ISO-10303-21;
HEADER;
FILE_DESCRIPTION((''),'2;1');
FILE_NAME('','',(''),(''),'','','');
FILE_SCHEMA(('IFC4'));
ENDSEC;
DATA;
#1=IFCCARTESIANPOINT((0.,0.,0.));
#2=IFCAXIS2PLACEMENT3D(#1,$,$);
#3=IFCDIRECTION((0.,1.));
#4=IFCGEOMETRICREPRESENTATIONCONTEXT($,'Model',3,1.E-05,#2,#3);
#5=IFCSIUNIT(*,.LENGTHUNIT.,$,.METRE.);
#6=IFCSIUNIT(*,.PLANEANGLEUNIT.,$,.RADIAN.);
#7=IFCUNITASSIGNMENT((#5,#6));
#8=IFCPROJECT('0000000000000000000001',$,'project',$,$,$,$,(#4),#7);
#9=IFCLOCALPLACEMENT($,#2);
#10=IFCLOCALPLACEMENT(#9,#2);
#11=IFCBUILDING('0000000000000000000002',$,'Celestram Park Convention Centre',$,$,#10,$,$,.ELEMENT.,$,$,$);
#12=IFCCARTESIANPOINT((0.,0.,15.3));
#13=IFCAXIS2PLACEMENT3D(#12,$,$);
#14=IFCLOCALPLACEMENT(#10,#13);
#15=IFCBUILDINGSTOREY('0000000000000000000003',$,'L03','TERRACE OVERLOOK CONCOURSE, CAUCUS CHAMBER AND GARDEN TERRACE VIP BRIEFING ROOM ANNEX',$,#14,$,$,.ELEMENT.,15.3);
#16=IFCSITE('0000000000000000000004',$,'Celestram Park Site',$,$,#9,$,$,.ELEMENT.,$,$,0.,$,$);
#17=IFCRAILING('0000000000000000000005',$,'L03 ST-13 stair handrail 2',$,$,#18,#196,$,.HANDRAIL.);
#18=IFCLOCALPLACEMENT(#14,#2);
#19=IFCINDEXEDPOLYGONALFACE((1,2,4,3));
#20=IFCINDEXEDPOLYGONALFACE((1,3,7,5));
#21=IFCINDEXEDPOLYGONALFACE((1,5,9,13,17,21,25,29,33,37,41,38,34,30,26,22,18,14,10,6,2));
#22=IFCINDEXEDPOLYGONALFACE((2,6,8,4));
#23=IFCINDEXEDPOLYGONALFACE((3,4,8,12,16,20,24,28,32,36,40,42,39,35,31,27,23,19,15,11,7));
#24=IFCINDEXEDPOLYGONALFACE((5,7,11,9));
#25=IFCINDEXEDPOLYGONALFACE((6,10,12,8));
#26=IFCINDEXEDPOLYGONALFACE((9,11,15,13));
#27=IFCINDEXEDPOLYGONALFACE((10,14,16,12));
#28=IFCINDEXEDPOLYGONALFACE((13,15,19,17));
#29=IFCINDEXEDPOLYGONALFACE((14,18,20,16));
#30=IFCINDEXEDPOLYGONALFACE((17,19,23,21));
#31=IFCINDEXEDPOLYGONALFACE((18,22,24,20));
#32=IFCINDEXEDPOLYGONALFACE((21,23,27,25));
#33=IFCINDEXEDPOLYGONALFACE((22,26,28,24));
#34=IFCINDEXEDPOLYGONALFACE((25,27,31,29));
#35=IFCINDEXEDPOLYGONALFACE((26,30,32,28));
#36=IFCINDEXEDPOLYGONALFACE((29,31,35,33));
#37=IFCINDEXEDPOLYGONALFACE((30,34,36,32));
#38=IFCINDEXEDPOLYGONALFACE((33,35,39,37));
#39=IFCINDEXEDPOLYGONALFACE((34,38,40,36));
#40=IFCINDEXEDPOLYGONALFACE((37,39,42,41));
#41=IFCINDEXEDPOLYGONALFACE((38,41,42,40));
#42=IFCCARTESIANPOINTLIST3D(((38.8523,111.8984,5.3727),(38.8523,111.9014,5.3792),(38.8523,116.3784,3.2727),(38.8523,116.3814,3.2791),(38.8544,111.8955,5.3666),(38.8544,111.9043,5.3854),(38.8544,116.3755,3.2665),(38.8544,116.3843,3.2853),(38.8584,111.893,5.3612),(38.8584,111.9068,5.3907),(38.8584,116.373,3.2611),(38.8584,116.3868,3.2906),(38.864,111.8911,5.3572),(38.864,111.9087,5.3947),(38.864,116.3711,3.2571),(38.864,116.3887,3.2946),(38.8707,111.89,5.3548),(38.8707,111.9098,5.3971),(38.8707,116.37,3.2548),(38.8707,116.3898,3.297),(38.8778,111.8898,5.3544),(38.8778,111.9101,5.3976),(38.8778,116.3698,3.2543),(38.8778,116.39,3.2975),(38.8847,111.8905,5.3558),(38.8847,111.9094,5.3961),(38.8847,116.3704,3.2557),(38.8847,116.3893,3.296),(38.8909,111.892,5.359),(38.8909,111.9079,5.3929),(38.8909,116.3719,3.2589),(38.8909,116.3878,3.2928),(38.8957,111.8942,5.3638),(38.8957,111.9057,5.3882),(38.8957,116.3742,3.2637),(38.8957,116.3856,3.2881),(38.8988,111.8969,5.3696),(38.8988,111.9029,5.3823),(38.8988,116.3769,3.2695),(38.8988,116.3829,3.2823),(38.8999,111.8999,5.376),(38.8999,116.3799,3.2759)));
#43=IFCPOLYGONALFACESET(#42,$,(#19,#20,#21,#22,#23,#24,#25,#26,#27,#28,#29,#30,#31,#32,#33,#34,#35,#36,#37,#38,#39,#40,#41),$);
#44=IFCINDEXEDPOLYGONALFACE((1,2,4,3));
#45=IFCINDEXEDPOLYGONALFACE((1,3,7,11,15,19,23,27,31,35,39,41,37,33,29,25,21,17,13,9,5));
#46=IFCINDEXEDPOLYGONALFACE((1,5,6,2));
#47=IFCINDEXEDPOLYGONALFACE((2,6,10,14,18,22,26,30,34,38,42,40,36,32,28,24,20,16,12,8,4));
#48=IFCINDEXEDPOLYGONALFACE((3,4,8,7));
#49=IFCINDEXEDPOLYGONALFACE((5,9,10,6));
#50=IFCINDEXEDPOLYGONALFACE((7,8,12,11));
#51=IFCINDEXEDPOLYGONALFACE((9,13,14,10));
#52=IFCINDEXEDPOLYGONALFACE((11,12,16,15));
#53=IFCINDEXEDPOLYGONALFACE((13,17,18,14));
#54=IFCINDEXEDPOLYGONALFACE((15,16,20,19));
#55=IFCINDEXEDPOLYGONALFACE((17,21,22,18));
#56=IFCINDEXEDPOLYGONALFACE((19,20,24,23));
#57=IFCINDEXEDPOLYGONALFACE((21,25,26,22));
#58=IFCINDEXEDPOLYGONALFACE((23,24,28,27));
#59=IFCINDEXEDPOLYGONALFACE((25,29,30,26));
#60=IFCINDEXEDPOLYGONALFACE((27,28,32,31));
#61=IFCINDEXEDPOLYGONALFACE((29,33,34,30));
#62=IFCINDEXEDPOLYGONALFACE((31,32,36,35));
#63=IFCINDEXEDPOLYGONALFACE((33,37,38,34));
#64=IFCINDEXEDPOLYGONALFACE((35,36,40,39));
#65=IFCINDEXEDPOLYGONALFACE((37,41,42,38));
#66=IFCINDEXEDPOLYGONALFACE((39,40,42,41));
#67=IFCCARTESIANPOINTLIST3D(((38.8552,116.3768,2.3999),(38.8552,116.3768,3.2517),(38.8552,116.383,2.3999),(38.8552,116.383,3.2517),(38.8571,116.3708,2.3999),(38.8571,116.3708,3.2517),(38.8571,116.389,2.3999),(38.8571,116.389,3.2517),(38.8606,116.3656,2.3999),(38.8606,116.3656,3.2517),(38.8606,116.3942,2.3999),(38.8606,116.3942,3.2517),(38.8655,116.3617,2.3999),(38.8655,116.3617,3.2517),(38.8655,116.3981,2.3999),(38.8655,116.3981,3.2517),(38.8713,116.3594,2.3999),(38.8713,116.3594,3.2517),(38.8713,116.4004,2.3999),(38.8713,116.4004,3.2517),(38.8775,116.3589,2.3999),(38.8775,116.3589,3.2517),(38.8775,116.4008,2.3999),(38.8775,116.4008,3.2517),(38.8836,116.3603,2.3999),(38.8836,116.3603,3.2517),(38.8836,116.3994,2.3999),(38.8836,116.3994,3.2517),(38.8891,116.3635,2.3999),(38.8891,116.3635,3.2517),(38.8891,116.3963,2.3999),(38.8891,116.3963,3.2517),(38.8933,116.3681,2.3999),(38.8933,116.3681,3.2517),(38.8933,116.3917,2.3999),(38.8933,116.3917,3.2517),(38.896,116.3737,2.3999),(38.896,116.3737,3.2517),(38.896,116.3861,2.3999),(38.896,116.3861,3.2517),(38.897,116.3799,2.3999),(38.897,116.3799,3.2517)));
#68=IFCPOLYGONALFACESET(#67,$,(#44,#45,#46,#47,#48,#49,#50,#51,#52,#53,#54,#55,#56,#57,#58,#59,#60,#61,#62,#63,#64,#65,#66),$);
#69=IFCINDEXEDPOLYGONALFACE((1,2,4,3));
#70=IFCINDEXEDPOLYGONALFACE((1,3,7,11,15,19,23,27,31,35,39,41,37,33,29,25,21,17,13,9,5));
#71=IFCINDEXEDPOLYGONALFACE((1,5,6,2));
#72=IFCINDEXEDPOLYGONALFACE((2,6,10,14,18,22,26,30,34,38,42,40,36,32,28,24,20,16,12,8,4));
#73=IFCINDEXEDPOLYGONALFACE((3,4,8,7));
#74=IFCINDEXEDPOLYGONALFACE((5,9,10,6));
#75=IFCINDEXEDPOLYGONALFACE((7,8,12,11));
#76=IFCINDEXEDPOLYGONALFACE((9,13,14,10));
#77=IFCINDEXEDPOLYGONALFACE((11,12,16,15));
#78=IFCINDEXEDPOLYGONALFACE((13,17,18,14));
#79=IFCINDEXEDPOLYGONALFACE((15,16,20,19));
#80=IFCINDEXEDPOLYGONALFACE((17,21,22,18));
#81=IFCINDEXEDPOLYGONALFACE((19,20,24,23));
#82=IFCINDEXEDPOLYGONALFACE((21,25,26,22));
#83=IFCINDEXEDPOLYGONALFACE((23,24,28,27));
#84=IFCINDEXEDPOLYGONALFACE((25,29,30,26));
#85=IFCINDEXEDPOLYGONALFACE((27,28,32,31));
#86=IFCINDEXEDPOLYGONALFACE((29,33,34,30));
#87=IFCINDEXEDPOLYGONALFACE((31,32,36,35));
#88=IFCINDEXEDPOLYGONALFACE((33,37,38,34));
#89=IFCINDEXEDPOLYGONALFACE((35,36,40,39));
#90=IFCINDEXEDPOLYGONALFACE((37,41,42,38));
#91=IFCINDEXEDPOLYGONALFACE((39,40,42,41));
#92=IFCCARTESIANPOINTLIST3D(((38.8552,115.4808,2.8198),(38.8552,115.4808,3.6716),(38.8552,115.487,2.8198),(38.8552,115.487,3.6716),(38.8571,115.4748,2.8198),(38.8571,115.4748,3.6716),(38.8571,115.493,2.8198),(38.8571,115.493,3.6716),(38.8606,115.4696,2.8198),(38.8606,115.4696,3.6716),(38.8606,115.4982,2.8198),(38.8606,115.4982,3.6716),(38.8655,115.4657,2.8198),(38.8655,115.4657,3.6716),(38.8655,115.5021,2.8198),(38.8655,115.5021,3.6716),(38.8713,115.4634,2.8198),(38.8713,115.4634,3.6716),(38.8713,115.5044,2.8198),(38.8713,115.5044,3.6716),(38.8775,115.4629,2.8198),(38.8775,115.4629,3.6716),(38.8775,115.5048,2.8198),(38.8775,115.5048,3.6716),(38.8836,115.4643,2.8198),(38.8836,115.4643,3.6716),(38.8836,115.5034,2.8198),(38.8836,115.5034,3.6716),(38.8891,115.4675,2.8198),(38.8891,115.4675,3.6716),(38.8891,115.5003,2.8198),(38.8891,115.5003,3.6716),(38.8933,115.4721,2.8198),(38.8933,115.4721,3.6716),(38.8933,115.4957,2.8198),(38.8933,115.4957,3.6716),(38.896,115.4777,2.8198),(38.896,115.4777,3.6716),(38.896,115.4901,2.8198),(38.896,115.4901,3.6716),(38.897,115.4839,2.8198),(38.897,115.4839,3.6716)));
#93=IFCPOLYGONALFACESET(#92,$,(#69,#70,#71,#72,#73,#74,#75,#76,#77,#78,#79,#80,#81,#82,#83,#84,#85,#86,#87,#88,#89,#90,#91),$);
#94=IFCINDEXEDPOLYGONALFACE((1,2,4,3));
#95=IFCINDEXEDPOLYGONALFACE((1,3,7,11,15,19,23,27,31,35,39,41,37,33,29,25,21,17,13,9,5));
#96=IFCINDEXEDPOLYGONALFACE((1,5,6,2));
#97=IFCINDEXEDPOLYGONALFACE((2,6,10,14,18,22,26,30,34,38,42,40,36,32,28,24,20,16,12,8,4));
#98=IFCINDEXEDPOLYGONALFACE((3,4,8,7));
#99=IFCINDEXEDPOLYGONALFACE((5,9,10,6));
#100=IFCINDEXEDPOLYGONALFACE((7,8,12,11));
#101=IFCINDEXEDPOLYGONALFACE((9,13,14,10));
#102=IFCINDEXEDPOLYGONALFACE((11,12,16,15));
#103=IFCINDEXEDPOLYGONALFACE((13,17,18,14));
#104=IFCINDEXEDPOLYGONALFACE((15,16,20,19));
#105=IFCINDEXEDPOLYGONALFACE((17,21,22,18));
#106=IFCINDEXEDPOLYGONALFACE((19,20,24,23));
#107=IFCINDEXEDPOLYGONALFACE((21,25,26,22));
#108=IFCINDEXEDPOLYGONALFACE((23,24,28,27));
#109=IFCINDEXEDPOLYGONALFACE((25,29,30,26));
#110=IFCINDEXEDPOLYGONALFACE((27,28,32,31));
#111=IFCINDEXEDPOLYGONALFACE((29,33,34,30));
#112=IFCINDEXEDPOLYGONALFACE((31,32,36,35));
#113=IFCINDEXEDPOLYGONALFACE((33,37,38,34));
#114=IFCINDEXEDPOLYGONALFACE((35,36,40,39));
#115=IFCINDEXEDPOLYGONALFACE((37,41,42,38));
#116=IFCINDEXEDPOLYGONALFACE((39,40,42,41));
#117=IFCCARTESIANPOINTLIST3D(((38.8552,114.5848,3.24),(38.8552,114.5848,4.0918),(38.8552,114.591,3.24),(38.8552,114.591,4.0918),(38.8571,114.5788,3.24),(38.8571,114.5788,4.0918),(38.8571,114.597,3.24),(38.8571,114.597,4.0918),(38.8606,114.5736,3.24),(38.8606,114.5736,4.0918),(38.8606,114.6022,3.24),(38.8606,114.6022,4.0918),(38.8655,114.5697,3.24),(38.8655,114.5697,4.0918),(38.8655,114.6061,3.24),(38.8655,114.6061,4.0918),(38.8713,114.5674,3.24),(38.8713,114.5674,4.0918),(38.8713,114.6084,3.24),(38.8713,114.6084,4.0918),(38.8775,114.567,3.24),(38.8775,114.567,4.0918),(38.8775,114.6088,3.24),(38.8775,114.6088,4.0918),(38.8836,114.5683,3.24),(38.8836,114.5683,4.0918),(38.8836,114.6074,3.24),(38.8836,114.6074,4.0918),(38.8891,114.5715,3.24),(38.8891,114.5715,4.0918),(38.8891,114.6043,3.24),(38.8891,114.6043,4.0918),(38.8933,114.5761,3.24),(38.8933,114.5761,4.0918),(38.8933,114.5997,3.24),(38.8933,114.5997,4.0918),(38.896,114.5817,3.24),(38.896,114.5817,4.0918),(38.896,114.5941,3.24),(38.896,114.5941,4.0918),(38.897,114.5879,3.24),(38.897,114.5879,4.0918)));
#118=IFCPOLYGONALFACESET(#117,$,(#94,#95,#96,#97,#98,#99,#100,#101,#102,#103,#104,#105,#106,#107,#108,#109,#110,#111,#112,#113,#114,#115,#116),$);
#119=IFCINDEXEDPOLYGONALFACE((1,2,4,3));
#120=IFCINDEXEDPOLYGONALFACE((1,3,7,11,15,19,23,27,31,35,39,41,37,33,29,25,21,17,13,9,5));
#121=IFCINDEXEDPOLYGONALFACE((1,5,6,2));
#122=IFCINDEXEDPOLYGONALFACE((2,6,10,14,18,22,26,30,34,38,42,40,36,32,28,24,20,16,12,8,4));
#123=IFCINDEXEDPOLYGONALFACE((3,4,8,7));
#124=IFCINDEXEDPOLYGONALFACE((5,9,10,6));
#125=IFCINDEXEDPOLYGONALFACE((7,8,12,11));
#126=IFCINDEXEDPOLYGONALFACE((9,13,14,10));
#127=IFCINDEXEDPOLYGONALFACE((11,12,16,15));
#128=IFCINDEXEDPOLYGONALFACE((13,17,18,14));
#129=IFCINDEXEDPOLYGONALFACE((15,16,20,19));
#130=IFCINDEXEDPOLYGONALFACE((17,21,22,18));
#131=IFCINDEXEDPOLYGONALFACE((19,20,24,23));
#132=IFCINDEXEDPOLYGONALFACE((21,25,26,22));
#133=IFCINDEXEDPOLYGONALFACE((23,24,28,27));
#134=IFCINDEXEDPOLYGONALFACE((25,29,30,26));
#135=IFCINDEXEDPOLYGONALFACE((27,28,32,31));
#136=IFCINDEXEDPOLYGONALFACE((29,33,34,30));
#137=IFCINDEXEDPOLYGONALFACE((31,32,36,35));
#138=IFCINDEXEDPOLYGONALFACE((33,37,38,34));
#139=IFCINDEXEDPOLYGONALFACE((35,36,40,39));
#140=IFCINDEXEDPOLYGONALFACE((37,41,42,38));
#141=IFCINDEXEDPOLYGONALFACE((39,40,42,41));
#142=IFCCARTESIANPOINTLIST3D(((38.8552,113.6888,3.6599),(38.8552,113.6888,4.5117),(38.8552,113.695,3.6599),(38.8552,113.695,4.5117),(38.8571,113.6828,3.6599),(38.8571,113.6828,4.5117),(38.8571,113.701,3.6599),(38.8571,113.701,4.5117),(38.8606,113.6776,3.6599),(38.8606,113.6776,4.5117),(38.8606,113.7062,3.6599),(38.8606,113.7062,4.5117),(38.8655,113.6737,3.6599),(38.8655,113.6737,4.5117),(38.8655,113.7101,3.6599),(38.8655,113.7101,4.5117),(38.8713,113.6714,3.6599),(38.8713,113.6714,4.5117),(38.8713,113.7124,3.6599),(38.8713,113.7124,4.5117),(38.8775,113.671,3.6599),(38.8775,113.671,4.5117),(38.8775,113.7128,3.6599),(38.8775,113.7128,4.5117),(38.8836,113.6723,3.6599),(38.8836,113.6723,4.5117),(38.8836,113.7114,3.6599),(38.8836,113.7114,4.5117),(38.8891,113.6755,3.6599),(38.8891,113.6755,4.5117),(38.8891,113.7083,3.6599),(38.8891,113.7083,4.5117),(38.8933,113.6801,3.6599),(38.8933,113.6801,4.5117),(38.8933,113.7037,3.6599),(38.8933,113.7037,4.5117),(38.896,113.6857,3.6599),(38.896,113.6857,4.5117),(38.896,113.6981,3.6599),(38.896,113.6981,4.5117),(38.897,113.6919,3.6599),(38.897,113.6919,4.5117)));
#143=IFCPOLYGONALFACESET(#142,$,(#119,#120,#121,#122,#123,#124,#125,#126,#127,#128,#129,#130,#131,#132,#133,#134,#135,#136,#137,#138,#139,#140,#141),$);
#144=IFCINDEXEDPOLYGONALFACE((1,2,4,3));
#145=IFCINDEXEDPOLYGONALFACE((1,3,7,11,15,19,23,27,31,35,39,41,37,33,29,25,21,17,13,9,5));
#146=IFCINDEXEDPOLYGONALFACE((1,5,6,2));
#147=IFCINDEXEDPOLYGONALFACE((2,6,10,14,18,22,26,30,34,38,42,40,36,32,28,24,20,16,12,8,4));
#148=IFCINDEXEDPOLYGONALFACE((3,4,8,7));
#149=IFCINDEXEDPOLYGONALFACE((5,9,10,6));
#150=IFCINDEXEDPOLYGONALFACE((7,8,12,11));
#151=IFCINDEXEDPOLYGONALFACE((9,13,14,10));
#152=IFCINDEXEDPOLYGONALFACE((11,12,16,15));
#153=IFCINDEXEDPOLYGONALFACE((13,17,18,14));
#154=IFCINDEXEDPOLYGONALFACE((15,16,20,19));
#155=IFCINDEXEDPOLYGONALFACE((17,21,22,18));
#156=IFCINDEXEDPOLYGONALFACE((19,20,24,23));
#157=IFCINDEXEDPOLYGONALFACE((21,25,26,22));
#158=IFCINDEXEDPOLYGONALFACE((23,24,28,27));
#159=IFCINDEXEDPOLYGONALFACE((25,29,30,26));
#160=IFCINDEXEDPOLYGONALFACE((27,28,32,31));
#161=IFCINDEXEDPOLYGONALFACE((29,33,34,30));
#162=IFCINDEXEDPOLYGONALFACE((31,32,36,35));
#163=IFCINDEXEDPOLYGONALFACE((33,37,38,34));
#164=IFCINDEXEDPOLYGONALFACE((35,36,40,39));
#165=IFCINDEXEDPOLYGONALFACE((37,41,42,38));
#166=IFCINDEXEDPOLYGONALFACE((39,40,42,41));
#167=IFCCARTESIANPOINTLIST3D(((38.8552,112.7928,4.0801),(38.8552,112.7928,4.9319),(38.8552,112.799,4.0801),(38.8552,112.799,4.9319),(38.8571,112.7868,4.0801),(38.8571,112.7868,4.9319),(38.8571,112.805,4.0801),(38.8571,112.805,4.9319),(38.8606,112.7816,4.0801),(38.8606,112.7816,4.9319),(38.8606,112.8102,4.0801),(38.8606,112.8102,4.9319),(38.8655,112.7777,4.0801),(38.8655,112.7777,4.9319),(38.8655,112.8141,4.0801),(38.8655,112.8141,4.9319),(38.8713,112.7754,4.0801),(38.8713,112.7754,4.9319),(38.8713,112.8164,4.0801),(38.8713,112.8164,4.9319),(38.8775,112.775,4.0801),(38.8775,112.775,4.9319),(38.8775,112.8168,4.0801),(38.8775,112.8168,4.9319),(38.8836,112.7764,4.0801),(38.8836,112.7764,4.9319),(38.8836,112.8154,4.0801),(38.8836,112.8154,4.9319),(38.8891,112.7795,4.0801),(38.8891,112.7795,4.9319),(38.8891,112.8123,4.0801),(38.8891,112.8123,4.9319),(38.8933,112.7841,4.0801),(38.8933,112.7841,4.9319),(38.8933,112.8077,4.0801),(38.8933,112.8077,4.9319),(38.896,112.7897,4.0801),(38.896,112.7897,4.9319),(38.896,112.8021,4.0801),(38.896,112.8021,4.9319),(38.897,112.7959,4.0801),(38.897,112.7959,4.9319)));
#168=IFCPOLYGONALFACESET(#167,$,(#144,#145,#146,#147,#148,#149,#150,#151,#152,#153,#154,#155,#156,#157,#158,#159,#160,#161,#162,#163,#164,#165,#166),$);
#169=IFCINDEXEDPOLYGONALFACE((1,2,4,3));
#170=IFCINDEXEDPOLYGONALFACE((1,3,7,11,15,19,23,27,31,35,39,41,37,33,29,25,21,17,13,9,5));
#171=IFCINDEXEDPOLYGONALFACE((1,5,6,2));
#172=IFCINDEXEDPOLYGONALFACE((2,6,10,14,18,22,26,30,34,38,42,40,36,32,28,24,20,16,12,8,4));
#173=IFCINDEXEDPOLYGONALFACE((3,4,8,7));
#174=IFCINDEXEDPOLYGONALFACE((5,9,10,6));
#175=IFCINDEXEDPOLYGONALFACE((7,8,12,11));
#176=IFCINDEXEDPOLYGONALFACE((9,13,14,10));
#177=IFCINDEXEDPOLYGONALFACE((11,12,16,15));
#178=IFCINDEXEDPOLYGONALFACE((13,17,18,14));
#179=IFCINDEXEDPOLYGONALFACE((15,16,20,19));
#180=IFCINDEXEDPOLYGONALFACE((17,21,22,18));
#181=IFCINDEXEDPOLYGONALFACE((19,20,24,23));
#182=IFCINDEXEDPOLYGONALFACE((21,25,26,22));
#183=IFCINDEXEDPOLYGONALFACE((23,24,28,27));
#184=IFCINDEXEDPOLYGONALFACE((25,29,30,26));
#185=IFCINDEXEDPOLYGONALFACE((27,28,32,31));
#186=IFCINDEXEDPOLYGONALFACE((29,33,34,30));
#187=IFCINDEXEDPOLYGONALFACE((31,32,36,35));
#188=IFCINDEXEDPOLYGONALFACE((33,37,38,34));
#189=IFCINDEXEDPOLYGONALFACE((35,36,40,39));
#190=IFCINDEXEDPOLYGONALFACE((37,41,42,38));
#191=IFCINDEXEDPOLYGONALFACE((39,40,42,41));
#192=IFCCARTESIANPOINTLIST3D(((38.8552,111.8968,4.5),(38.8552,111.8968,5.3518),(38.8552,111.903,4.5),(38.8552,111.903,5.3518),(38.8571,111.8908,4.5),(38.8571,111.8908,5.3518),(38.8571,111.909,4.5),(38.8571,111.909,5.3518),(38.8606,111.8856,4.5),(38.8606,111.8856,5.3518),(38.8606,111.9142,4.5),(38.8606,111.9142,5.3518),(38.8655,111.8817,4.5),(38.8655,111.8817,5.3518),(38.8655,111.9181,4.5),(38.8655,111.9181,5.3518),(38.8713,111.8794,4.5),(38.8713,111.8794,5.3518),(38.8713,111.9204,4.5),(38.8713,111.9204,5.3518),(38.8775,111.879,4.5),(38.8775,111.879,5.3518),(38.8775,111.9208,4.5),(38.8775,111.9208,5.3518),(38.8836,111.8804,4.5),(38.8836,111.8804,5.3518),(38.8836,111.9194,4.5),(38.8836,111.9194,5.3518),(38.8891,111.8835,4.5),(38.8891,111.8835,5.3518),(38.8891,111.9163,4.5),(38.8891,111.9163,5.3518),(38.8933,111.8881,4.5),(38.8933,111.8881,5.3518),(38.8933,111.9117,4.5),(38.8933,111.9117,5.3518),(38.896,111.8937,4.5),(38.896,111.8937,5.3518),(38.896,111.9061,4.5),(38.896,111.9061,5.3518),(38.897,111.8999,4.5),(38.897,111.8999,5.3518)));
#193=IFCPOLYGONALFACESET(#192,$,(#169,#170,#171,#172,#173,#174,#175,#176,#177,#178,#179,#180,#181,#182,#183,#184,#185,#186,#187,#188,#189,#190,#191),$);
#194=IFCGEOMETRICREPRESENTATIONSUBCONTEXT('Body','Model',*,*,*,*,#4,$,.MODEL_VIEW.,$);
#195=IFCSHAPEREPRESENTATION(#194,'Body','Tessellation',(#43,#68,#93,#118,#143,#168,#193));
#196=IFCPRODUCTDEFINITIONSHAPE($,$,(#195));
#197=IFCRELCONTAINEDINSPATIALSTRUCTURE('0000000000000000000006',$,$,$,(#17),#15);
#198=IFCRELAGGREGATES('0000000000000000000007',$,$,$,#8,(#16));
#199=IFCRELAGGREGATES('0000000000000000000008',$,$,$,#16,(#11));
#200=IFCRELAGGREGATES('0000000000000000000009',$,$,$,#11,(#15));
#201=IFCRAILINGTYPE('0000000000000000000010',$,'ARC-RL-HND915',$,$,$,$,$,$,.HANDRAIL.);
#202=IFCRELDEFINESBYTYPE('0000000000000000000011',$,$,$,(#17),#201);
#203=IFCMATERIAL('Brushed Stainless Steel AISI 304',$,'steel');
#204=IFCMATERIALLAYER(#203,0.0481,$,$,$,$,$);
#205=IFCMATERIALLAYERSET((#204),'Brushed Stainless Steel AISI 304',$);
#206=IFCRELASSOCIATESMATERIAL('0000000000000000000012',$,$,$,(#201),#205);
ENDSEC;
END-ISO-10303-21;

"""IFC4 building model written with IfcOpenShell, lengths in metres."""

from ifc_helpers import new_model, si_unit, direction, frame, origin, origin_2d, place, context, subcontext, project, spatial, circle, extrude, material, layer, layer_set, type_object, element, save


model = new_model("IFC4")

# Units and contexts
model_context = context("Model", 3, precision=1e-05, world=origin(), true_north=direction((0.0, 1.0)))
body_context = subcontext(model_context, "Body", "Model", "MODEL_VIEW")
ifc_project = project(units=[si_unit("LENGTHUNIT", "METRE"), si_unit("PLANEANGLEUNIT", "RADIAN")], contexts=[model_context])

# Site, building, storey
site_placement = place(None, origin())
site = spatial("IfcSite", under=ifc_project, at=site_placement, Name="Celestram Park Site", CompositionType="ELEMENT", RefElevation=0.0)
building_placement = place(site_placement, origin())
building = spatial("IfcBuilding", under=site, at=building_placement, Name="Celestram Park Convention Centre", CompositionType="ELEMENT")
storey_placement = place(building_placement, frame((0.0, 0.0, 15.3)))
storey = spatial("IfcBuildingStorey", under=building, at=storey_placement, Name="L03", Description="TERRACE OVERLOOK CONCOURSE, CAUCUS CHAMBER AND GARDEN TERRACE VIP BRIEFING ROOM ANNEX", CompositionType="ELEMENT", Elevation=15.3)

# Railing
ifc_material_1 = material(Name="Brushed Stainless Steel AISI 304", Category="steel")
ifc_layer_1 = layer(ifc_material_1, 0.0481)
ifc_layer_set_1 = layer_set([ifc_layer_1], Name="Brushed Stainless Steel AISI 304")
railing_type_1 = type_object("IfcRailingType", Name="ARC-RL-HND915", PredefinedType="HANDRAIL", material=ifc_layer_set_1)
railing_1_placement = place(storey_placement, frame((38.876, 116.3799, 2.3999)))
element("IfcRailing", 1, at=railing_1_placement, inside=storey, type_object=railing_type_1, Name="L03 ST-13 stair handrail 2", PredefinedType="HANDRAIL", context=body_context, shape_type="SweptSolid", body=[
    extrude(circle(Radius=0.0239, at=origin_2d()), frame((0.0, 0.0, 0.876), z_axis=(0.0, -0.905451, 0.424452), x_axis=(1.0, 0.0, 0.0)), (0.0, 0.0, 1.0), 4.9478),
    extrude(circle(Radius=0.021, at=origin_2d()), origin(), (0.0, 0.0, 1.0), 0.8518),
    extrude(circle(Radius=0.021, at=origin_2d()), frame((0.0, -0.896, 0.4199)), (0.0, 0.0, 1.0), 0.8518),
    extrude(circle(Radius=0.021, at=origin_2d()), frame((0.0, -1.792, 0.8401)), (0.0, 0.0, 1.0), 0.8518),
    extrude(circle(Radius=0.021, at=origin_2d()), frame((0.0, -2.688, 1.26)), (0.0, 0.0, 1.0), 0.8518),
    extrude(circle(Radius=0.021, at=origin_2d()), frame((0.0, -3.584, 1.6802)), (0.0, 0.0, 1.0), 0.8518),
    extrude(circle(Radius=0.021, at=origin_2d()), frame((0.0, -4.48, 2.1001)), (0.0, 0.0, 1.0), 0.8518),
])

save(model, "model.ifc")
